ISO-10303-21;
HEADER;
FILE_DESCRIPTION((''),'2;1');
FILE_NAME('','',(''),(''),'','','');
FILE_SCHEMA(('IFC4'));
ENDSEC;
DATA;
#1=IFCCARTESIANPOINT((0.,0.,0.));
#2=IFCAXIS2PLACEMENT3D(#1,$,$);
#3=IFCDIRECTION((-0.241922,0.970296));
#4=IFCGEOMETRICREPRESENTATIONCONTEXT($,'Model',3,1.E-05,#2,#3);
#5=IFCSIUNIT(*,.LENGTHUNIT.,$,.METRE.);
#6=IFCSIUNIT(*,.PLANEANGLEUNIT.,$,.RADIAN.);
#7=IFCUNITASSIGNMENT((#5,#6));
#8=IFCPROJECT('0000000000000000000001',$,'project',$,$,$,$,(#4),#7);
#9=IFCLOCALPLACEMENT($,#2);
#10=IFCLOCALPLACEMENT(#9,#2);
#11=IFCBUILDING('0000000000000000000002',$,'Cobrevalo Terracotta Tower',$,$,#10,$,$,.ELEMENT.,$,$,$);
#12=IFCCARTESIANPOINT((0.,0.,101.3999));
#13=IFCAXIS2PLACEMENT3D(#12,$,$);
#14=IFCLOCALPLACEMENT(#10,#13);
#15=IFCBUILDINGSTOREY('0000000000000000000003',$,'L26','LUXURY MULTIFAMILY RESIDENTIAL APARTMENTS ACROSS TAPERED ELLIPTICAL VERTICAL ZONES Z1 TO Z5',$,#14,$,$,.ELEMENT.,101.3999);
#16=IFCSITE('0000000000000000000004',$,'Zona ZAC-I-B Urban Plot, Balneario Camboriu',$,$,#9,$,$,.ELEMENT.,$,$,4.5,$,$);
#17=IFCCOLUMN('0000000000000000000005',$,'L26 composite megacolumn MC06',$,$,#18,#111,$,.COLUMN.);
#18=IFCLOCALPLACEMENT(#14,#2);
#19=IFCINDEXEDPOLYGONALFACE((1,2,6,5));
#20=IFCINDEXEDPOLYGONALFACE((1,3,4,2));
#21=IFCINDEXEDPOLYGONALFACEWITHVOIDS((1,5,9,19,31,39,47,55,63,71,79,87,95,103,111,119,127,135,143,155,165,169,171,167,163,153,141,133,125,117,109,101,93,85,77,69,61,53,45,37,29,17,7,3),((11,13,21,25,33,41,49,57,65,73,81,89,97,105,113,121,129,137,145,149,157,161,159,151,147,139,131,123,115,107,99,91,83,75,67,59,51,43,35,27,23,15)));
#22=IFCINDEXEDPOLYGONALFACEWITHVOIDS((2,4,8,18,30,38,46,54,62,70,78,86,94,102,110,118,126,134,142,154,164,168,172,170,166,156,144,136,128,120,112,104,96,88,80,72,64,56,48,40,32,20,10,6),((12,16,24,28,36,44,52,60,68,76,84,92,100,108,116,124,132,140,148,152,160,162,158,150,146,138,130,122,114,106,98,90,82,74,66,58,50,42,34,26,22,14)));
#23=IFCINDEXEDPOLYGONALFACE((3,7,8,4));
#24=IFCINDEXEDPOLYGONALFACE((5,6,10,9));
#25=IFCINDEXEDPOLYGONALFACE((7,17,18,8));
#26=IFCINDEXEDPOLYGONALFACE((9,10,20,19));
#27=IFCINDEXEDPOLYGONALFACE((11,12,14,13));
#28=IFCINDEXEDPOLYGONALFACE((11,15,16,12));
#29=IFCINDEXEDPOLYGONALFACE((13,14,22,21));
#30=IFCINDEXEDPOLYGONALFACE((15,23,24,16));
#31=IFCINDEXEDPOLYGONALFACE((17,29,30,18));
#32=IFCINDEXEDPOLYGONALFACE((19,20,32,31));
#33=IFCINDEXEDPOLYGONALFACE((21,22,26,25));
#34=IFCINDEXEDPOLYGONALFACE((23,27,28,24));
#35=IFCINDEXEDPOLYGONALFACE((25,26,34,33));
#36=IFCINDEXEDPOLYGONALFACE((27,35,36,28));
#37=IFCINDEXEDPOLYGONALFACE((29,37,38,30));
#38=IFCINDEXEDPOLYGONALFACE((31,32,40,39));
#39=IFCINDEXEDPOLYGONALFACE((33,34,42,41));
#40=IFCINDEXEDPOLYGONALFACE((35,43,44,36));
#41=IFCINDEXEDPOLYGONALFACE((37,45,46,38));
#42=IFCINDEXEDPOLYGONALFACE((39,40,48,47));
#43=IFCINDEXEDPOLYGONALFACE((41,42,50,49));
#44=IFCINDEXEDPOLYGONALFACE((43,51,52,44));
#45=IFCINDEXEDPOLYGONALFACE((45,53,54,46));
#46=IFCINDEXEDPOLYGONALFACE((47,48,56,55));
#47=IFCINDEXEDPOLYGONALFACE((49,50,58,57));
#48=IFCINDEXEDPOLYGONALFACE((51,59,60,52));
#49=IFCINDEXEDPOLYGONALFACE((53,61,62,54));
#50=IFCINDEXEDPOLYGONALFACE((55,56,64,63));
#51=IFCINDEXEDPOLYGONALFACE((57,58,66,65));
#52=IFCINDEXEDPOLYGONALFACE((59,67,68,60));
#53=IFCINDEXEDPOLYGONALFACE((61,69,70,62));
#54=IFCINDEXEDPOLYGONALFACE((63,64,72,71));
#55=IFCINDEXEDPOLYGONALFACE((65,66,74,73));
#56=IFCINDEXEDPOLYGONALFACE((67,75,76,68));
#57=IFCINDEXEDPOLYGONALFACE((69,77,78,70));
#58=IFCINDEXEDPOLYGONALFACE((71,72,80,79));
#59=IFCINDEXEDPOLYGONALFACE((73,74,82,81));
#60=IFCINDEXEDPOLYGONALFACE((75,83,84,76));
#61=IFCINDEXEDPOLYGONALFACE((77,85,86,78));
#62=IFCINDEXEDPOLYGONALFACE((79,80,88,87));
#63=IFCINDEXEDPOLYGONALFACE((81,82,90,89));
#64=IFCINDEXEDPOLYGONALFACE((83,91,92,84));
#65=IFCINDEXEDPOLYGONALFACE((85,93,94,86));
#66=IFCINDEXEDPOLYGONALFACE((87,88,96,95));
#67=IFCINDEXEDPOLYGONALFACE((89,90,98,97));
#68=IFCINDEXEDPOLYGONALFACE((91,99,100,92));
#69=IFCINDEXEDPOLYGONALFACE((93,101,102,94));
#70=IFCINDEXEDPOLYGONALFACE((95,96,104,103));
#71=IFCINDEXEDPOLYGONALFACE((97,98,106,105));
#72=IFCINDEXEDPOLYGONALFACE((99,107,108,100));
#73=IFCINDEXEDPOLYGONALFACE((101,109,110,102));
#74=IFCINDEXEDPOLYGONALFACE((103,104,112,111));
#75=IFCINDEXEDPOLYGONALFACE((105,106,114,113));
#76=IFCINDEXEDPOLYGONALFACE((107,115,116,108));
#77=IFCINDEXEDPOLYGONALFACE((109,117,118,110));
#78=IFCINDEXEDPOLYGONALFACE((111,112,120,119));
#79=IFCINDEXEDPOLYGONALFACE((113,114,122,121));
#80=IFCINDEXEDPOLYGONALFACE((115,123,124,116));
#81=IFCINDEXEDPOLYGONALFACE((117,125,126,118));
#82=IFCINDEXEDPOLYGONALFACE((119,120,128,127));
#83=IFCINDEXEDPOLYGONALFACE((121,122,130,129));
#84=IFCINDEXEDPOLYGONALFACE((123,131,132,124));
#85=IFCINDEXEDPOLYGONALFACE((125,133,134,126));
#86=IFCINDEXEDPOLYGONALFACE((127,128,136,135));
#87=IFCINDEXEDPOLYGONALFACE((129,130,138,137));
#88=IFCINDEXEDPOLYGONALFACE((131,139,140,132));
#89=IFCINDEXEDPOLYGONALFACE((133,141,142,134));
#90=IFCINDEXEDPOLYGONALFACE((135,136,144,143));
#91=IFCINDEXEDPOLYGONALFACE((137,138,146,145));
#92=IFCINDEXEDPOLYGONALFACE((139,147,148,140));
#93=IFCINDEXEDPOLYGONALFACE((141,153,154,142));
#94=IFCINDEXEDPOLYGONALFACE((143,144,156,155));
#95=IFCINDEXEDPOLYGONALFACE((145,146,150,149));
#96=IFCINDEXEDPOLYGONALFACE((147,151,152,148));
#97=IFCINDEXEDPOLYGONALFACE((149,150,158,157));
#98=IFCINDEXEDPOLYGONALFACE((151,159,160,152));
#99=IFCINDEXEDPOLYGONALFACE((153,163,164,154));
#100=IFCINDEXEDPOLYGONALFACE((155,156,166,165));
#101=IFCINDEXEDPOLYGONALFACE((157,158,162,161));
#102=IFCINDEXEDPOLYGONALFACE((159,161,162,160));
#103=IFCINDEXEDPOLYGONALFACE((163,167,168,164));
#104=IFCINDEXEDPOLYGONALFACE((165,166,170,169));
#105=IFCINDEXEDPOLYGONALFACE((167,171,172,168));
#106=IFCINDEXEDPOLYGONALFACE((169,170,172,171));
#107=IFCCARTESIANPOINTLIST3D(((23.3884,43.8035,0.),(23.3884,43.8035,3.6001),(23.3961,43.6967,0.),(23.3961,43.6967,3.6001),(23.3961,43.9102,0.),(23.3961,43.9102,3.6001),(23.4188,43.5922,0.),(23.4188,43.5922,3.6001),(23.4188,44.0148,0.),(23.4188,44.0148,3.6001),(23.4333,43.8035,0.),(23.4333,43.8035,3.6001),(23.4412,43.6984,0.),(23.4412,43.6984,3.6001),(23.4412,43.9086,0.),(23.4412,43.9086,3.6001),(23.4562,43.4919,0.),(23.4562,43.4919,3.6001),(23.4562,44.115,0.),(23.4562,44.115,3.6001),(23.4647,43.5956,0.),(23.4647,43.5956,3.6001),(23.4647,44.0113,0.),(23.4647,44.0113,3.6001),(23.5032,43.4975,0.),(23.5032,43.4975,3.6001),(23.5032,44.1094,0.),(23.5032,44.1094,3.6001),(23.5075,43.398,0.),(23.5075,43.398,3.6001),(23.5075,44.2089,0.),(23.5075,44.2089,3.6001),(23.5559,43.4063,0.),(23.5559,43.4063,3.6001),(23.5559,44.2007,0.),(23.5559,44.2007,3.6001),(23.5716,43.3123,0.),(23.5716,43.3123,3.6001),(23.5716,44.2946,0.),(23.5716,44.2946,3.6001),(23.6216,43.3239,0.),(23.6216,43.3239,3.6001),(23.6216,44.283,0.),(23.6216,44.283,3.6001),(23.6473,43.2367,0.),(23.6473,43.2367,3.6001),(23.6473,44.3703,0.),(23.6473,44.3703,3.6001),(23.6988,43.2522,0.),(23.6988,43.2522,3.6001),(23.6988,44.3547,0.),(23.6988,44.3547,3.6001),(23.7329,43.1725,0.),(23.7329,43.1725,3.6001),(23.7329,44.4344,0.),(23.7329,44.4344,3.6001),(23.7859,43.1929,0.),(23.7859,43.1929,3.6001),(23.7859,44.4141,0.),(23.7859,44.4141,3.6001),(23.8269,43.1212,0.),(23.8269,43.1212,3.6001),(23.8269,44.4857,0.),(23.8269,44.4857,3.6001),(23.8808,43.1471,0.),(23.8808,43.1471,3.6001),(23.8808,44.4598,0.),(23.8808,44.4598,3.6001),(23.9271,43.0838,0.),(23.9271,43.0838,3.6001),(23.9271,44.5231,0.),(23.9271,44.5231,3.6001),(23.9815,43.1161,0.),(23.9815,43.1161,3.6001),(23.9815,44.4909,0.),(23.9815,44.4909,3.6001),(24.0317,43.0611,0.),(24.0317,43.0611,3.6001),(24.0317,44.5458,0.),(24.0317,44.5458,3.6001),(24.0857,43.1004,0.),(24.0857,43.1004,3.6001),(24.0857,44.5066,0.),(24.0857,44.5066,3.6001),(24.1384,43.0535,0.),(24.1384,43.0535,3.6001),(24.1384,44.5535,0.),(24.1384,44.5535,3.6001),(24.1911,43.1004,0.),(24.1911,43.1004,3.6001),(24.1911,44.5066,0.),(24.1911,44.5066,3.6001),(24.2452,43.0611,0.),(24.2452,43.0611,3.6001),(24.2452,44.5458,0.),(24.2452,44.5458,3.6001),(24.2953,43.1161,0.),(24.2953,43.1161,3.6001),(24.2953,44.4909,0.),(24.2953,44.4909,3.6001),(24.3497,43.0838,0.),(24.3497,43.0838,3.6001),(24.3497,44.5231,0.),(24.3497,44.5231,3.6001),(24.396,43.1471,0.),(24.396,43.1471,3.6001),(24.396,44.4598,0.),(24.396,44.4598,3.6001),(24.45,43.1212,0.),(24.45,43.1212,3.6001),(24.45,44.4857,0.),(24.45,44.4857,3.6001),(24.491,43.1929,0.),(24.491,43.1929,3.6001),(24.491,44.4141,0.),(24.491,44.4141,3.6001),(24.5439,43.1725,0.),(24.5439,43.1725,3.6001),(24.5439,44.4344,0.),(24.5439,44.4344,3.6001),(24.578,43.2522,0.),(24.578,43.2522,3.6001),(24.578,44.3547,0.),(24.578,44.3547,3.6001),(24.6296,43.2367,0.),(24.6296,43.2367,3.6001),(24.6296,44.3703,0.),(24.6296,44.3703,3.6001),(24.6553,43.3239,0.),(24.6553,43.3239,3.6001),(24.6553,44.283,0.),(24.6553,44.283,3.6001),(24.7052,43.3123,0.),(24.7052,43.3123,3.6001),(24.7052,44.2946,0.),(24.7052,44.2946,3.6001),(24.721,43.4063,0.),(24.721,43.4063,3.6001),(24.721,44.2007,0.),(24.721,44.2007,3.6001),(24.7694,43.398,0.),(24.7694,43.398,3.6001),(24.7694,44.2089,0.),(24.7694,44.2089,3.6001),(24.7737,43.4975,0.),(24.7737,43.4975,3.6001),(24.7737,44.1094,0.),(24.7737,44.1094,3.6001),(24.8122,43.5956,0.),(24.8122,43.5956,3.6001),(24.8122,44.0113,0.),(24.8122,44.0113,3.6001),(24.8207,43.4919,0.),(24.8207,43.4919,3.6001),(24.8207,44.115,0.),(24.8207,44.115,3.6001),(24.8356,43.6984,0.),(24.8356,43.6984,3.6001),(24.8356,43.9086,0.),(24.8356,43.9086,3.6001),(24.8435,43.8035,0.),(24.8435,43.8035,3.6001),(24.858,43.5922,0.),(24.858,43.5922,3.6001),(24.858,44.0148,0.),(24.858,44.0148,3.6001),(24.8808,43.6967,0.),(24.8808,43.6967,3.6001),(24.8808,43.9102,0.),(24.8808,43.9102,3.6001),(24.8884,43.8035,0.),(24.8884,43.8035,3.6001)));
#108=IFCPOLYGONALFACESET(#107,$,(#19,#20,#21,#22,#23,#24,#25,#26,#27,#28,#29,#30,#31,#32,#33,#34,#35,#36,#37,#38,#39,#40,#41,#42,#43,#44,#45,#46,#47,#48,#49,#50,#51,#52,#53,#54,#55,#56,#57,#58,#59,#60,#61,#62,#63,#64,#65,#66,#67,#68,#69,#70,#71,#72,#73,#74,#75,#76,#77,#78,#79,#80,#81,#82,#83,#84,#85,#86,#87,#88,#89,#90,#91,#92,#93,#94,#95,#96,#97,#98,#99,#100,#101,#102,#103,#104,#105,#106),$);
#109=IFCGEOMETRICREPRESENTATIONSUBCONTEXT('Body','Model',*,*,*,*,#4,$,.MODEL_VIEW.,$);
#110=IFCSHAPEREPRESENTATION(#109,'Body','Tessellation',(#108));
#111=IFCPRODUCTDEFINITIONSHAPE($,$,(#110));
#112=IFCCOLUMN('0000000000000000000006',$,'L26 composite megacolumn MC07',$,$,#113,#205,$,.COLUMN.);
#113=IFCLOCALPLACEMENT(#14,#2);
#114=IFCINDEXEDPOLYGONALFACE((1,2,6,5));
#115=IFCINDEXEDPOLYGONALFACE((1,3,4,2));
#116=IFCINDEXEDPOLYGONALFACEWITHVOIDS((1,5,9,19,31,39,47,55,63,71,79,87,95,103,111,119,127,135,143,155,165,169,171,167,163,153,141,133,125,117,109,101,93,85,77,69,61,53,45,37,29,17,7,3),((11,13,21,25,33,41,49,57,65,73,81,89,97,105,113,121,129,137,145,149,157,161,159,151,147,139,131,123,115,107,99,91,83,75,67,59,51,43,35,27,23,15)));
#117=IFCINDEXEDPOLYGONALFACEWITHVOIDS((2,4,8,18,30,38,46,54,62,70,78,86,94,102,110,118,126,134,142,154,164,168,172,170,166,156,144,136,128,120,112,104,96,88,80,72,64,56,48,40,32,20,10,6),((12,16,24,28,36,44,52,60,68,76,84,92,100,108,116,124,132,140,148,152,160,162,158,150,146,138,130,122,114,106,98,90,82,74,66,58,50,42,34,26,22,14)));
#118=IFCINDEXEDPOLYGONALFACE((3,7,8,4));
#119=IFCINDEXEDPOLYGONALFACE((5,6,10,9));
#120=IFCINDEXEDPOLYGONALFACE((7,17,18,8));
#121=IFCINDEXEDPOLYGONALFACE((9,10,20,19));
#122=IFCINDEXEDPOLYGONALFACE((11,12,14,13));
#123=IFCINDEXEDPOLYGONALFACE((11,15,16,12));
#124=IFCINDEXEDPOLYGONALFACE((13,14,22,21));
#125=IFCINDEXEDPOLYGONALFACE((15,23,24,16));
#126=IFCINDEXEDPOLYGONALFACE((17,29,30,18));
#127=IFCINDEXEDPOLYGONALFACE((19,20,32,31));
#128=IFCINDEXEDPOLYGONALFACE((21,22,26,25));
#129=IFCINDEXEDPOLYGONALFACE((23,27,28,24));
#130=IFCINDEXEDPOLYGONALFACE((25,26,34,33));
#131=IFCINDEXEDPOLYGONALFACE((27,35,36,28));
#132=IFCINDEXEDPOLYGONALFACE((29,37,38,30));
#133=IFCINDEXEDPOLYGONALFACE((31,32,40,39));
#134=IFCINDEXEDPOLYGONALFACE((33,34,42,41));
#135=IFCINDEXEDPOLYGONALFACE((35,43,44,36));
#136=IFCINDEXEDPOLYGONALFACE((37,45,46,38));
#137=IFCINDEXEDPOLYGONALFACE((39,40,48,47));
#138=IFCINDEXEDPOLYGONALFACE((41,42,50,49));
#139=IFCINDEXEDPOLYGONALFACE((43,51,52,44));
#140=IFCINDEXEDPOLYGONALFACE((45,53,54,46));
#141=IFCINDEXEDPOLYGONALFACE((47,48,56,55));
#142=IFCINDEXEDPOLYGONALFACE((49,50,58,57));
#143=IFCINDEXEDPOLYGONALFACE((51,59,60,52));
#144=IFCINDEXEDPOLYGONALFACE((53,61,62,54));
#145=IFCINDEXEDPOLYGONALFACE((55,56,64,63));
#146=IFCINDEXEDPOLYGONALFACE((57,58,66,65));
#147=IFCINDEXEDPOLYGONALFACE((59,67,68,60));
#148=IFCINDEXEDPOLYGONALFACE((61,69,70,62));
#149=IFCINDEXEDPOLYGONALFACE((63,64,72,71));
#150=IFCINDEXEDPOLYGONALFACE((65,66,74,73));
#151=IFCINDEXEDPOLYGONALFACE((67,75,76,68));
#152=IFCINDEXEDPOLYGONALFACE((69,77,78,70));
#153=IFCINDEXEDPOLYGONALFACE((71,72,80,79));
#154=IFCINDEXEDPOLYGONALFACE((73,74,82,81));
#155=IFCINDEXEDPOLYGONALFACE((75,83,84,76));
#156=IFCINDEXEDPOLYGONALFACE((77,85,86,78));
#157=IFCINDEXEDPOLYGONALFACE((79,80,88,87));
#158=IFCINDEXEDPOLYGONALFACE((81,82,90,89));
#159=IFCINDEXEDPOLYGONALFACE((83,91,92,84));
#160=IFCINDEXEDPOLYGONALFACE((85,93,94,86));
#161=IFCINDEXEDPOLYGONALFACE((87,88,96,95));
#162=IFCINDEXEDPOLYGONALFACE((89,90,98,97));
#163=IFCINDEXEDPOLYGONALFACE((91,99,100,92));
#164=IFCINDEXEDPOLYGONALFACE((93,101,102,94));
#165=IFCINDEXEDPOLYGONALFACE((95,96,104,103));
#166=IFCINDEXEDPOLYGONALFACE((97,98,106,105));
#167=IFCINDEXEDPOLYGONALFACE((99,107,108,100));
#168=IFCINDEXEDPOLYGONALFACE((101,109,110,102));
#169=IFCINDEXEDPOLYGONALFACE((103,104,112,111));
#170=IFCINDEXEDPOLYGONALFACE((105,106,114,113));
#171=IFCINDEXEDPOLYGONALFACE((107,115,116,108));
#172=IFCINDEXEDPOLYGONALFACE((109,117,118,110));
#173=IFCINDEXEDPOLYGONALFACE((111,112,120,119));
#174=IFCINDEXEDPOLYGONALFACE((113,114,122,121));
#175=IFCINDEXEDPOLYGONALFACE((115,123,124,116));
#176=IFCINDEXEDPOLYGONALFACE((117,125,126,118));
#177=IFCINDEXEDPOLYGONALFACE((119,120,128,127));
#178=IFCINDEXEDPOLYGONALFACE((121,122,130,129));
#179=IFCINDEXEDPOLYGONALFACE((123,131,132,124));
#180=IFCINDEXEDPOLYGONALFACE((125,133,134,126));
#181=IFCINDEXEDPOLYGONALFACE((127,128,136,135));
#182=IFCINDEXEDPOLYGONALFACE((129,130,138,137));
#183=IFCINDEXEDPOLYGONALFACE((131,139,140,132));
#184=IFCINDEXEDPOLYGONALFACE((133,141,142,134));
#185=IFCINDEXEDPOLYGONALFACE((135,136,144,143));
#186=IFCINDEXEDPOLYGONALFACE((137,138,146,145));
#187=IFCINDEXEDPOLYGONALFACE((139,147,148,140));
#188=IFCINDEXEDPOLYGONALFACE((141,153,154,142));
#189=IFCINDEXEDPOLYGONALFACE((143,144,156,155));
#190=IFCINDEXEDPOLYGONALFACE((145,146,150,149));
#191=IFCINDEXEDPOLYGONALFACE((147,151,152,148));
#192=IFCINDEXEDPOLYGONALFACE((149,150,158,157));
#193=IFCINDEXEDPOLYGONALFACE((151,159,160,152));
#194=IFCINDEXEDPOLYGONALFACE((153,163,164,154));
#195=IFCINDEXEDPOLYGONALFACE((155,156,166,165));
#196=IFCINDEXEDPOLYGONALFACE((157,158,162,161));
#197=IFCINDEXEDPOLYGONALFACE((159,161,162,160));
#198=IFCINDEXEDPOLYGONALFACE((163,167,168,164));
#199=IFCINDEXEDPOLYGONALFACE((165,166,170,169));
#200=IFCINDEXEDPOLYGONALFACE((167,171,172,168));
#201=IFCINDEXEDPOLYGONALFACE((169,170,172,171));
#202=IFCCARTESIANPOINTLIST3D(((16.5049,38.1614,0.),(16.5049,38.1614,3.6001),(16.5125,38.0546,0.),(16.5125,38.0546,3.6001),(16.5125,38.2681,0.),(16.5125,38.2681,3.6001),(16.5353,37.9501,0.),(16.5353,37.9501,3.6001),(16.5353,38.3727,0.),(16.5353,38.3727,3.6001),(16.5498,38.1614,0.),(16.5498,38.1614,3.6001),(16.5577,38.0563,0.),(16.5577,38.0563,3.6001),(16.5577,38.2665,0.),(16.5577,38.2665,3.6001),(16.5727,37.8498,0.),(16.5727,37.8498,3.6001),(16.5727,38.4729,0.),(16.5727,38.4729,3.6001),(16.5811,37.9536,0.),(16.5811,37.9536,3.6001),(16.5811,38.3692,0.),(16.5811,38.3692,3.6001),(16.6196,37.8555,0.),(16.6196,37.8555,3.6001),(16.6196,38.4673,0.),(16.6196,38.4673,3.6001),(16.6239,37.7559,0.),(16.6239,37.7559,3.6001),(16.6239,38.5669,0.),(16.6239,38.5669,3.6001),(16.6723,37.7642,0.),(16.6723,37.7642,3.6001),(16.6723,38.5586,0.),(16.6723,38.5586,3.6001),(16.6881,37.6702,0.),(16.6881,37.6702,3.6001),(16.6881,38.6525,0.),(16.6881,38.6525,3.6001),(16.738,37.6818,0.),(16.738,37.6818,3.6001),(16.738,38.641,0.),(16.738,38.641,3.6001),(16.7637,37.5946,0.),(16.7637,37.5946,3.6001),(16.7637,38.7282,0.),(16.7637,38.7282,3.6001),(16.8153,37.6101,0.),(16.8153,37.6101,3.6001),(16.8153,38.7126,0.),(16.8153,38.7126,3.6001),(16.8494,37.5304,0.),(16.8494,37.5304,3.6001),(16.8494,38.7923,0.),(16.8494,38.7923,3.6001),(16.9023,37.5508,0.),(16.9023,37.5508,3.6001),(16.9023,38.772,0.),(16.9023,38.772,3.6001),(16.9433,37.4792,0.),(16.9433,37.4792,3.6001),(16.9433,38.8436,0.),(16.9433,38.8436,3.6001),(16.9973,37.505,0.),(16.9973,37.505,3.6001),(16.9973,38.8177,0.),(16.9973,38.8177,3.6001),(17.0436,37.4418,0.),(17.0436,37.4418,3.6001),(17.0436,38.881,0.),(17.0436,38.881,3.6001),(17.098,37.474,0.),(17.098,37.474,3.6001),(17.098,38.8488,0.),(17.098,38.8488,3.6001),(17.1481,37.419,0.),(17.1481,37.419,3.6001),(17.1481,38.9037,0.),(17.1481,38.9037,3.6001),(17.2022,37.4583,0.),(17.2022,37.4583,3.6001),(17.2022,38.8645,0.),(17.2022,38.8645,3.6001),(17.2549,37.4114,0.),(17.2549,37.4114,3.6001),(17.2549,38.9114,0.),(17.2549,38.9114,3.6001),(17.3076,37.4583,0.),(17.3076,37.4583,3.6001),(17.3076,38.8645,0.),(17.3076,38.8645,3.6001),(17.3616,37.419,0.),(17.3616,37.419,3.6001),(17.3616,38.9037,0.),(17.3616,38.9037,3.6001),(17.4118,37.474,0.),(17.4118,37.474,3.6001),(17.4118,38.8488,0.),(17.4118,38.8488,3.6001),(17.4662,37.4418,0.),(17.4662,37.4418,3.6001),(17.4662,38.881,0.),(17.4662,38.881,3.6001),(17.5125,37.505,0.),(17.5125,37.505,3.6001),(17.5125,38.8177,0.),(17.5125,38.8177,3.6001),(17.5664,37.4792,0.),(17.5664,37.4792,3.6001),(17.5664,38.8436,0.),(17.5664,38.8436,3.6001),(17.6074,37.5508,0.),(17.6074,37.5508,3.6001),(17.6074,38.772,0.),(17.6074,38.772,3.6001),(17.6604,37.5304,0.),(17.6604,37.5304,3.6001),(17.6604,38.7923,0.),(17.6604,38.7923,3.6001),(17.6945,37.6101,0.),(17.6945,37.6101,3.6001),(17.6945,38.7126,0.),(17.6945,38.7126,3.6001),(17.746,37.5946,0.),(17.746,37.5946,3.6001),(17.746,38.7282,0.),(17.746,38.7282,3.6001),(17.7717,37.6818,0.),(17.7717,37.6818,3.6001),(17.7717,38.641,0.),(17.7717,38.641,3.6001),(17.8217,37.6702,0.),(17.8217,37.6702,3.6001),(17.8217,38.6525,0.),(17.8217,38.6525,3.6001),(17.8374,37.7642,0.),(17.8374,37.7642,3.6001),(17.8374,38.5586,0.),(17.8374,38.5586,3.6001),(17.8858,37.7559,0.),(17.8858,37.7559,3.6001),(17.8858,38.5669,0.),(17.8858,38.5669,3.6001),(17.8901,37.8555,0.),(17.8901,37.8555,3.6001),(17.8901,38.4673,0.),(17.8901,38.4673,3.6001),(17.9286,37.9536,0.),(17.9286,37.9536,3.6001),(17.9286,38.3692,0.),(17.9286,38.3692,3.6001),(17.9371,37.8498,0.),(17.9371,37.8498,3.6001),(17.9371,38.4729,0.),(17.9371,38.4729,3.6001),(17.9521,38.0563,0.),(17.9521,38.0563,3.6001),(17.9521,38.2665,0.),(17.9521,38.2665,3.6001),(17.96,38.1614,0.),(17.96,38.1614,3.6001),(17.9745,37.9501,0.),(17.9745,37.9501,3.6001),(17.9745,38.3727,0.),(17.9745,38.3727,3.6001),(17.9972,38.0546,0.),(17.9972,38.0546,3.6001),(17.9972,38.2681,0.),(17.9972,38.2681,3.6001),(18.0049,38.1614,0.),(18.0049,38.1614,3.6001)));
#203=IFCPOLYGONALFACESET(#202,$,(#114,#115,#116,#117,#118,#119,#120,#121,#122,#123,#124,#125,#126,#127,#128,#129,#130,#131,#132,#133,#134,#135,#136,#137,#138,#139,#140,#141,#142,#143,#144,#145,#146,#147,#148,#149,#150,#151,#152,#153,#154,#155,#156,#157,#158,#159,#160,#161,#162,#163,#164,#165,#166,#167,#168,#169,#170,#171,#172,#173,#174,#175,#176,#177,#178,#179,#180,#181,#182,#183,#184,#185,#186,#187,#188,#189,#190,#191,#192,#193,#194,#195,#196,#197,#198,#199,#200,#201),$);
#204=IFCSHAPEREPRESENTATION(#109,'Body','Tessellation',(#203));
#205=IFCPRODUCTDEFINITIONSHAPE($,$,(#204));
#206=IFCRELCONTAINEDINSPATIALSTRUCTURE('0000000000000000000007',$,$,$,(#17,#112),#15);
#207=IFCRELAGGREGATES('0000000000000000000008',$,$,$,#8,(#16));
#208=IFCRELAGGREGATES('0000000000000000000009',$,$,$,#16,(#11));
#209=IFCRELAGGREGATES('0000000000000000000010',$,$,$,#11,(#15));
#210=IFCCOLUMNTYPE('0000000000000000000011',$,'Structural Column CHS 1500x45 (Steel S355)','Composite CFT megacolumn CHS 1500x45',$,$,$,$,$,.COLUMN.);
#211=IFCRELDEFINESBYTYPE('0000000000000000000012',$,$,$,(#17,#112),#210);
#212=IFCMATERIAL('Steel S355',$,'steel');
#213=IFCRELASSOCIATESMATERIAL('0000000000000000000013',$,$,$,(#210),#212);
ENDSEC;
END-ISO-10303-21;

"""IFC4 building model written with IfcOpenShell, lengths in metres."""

from ifc_helpers import new_model, si_unit, direction, frame, origin, origin_2d, place, context, subcontext, project, spatial, hollow_circle, extrude, material, material_profile, profile_set, type_object, element, save


model = new_model("IFC4")

# Units and contexts
model_context = context("Model", 3, precision=1e-05, world=origin(), true_north=direction((-0.241922, 0.970296)))
body_context = subcontext(model_context, "Body", "Model", "MODEL_VIEW")
ifc_project = project(units=[si_unit("LENGTHUNIT", "METRE"), si_unit("PLANEANGLEUNIT", "RADIAN")], contexts=[model_context])

# Site, building, storey
site_placement = place(None, origin())
site = spatial("IfcSite", under=ifc_project, at=site_placement, Name="Zona ZAC-I-B Urban Plot, Balneario Camboriu", CompositionType="ELEMENT", RefElevation=4.5)
building_placement = place(site_placement, origin())
building = spatial("IfcBuilding", under=site, at=building_placement, Name="Cobrevalo Terracotta Tower", CompositionType="ELEMENT")
storey_placement = place(building_placement, frame((0.0, 0.0, 101.3999)))
storey = spatial("IfcBuildingStorey", under=building, at=storey_placement, Name="L26", Description="LUXURY MULTIFAMILY RESIDENTIAL APARTMENTS ACROSS TAPERED ELLIPTICAL VERTICAL ZONES Z1 TO Z5", CompositionType="ELEMENT", Elevation=101.3999)

# Columns
ifc_material_1 = material(Name="Steel S355", Category="steel")
ifc_material_profile_1 = material_profile(ifc_material_1, hollow_circle(Radius=0.75, WallThickness=0.0449, at=origin_2d()), Name="CHS 1500x45")
ifc_profile_set_1 = profile_set([ifc_material_profile_1], Name="Steel S355")
column_type = type_object("IfcColumnType", Name="Structural Column CHS 1500x45 (Steel S355)", Description="Composite CFT megacolumn CHS 1500x45", PredefinedType="COLUMN", material=ifc_profile_set_1)
for number, where, z_axis, x_axis, name in (
    (1, (24.1384, 43.8035, 0.0), (0.0, 0.0, 1.0), (1.0, 0.0, 0.0), "L26 composite megacolumn MC06"),
    (2, (17.2549, 38.1614, 0.0), (0.0, 0.0, 1.0), (1.0, 0.0, 0.0), "L26 composite megacolumn MC07"),
):
    element("IfcColumn", number, at=place(storey_placement, frame(where, z_axis=z_axis, x_axis=x_axis)), inside=storey, type_object=column_type, Name=name, PredefinedType="COLUMN", context=body_context, shape_type="SweptSolid", body=[
        extrude(hollow_circle(Radius=0.75, WallThickness=0.0449, at=origin_2d()), origin(), (0.0, 0.0, 1.0), 3.6001),
    ])

save(model, "model.ifc")
